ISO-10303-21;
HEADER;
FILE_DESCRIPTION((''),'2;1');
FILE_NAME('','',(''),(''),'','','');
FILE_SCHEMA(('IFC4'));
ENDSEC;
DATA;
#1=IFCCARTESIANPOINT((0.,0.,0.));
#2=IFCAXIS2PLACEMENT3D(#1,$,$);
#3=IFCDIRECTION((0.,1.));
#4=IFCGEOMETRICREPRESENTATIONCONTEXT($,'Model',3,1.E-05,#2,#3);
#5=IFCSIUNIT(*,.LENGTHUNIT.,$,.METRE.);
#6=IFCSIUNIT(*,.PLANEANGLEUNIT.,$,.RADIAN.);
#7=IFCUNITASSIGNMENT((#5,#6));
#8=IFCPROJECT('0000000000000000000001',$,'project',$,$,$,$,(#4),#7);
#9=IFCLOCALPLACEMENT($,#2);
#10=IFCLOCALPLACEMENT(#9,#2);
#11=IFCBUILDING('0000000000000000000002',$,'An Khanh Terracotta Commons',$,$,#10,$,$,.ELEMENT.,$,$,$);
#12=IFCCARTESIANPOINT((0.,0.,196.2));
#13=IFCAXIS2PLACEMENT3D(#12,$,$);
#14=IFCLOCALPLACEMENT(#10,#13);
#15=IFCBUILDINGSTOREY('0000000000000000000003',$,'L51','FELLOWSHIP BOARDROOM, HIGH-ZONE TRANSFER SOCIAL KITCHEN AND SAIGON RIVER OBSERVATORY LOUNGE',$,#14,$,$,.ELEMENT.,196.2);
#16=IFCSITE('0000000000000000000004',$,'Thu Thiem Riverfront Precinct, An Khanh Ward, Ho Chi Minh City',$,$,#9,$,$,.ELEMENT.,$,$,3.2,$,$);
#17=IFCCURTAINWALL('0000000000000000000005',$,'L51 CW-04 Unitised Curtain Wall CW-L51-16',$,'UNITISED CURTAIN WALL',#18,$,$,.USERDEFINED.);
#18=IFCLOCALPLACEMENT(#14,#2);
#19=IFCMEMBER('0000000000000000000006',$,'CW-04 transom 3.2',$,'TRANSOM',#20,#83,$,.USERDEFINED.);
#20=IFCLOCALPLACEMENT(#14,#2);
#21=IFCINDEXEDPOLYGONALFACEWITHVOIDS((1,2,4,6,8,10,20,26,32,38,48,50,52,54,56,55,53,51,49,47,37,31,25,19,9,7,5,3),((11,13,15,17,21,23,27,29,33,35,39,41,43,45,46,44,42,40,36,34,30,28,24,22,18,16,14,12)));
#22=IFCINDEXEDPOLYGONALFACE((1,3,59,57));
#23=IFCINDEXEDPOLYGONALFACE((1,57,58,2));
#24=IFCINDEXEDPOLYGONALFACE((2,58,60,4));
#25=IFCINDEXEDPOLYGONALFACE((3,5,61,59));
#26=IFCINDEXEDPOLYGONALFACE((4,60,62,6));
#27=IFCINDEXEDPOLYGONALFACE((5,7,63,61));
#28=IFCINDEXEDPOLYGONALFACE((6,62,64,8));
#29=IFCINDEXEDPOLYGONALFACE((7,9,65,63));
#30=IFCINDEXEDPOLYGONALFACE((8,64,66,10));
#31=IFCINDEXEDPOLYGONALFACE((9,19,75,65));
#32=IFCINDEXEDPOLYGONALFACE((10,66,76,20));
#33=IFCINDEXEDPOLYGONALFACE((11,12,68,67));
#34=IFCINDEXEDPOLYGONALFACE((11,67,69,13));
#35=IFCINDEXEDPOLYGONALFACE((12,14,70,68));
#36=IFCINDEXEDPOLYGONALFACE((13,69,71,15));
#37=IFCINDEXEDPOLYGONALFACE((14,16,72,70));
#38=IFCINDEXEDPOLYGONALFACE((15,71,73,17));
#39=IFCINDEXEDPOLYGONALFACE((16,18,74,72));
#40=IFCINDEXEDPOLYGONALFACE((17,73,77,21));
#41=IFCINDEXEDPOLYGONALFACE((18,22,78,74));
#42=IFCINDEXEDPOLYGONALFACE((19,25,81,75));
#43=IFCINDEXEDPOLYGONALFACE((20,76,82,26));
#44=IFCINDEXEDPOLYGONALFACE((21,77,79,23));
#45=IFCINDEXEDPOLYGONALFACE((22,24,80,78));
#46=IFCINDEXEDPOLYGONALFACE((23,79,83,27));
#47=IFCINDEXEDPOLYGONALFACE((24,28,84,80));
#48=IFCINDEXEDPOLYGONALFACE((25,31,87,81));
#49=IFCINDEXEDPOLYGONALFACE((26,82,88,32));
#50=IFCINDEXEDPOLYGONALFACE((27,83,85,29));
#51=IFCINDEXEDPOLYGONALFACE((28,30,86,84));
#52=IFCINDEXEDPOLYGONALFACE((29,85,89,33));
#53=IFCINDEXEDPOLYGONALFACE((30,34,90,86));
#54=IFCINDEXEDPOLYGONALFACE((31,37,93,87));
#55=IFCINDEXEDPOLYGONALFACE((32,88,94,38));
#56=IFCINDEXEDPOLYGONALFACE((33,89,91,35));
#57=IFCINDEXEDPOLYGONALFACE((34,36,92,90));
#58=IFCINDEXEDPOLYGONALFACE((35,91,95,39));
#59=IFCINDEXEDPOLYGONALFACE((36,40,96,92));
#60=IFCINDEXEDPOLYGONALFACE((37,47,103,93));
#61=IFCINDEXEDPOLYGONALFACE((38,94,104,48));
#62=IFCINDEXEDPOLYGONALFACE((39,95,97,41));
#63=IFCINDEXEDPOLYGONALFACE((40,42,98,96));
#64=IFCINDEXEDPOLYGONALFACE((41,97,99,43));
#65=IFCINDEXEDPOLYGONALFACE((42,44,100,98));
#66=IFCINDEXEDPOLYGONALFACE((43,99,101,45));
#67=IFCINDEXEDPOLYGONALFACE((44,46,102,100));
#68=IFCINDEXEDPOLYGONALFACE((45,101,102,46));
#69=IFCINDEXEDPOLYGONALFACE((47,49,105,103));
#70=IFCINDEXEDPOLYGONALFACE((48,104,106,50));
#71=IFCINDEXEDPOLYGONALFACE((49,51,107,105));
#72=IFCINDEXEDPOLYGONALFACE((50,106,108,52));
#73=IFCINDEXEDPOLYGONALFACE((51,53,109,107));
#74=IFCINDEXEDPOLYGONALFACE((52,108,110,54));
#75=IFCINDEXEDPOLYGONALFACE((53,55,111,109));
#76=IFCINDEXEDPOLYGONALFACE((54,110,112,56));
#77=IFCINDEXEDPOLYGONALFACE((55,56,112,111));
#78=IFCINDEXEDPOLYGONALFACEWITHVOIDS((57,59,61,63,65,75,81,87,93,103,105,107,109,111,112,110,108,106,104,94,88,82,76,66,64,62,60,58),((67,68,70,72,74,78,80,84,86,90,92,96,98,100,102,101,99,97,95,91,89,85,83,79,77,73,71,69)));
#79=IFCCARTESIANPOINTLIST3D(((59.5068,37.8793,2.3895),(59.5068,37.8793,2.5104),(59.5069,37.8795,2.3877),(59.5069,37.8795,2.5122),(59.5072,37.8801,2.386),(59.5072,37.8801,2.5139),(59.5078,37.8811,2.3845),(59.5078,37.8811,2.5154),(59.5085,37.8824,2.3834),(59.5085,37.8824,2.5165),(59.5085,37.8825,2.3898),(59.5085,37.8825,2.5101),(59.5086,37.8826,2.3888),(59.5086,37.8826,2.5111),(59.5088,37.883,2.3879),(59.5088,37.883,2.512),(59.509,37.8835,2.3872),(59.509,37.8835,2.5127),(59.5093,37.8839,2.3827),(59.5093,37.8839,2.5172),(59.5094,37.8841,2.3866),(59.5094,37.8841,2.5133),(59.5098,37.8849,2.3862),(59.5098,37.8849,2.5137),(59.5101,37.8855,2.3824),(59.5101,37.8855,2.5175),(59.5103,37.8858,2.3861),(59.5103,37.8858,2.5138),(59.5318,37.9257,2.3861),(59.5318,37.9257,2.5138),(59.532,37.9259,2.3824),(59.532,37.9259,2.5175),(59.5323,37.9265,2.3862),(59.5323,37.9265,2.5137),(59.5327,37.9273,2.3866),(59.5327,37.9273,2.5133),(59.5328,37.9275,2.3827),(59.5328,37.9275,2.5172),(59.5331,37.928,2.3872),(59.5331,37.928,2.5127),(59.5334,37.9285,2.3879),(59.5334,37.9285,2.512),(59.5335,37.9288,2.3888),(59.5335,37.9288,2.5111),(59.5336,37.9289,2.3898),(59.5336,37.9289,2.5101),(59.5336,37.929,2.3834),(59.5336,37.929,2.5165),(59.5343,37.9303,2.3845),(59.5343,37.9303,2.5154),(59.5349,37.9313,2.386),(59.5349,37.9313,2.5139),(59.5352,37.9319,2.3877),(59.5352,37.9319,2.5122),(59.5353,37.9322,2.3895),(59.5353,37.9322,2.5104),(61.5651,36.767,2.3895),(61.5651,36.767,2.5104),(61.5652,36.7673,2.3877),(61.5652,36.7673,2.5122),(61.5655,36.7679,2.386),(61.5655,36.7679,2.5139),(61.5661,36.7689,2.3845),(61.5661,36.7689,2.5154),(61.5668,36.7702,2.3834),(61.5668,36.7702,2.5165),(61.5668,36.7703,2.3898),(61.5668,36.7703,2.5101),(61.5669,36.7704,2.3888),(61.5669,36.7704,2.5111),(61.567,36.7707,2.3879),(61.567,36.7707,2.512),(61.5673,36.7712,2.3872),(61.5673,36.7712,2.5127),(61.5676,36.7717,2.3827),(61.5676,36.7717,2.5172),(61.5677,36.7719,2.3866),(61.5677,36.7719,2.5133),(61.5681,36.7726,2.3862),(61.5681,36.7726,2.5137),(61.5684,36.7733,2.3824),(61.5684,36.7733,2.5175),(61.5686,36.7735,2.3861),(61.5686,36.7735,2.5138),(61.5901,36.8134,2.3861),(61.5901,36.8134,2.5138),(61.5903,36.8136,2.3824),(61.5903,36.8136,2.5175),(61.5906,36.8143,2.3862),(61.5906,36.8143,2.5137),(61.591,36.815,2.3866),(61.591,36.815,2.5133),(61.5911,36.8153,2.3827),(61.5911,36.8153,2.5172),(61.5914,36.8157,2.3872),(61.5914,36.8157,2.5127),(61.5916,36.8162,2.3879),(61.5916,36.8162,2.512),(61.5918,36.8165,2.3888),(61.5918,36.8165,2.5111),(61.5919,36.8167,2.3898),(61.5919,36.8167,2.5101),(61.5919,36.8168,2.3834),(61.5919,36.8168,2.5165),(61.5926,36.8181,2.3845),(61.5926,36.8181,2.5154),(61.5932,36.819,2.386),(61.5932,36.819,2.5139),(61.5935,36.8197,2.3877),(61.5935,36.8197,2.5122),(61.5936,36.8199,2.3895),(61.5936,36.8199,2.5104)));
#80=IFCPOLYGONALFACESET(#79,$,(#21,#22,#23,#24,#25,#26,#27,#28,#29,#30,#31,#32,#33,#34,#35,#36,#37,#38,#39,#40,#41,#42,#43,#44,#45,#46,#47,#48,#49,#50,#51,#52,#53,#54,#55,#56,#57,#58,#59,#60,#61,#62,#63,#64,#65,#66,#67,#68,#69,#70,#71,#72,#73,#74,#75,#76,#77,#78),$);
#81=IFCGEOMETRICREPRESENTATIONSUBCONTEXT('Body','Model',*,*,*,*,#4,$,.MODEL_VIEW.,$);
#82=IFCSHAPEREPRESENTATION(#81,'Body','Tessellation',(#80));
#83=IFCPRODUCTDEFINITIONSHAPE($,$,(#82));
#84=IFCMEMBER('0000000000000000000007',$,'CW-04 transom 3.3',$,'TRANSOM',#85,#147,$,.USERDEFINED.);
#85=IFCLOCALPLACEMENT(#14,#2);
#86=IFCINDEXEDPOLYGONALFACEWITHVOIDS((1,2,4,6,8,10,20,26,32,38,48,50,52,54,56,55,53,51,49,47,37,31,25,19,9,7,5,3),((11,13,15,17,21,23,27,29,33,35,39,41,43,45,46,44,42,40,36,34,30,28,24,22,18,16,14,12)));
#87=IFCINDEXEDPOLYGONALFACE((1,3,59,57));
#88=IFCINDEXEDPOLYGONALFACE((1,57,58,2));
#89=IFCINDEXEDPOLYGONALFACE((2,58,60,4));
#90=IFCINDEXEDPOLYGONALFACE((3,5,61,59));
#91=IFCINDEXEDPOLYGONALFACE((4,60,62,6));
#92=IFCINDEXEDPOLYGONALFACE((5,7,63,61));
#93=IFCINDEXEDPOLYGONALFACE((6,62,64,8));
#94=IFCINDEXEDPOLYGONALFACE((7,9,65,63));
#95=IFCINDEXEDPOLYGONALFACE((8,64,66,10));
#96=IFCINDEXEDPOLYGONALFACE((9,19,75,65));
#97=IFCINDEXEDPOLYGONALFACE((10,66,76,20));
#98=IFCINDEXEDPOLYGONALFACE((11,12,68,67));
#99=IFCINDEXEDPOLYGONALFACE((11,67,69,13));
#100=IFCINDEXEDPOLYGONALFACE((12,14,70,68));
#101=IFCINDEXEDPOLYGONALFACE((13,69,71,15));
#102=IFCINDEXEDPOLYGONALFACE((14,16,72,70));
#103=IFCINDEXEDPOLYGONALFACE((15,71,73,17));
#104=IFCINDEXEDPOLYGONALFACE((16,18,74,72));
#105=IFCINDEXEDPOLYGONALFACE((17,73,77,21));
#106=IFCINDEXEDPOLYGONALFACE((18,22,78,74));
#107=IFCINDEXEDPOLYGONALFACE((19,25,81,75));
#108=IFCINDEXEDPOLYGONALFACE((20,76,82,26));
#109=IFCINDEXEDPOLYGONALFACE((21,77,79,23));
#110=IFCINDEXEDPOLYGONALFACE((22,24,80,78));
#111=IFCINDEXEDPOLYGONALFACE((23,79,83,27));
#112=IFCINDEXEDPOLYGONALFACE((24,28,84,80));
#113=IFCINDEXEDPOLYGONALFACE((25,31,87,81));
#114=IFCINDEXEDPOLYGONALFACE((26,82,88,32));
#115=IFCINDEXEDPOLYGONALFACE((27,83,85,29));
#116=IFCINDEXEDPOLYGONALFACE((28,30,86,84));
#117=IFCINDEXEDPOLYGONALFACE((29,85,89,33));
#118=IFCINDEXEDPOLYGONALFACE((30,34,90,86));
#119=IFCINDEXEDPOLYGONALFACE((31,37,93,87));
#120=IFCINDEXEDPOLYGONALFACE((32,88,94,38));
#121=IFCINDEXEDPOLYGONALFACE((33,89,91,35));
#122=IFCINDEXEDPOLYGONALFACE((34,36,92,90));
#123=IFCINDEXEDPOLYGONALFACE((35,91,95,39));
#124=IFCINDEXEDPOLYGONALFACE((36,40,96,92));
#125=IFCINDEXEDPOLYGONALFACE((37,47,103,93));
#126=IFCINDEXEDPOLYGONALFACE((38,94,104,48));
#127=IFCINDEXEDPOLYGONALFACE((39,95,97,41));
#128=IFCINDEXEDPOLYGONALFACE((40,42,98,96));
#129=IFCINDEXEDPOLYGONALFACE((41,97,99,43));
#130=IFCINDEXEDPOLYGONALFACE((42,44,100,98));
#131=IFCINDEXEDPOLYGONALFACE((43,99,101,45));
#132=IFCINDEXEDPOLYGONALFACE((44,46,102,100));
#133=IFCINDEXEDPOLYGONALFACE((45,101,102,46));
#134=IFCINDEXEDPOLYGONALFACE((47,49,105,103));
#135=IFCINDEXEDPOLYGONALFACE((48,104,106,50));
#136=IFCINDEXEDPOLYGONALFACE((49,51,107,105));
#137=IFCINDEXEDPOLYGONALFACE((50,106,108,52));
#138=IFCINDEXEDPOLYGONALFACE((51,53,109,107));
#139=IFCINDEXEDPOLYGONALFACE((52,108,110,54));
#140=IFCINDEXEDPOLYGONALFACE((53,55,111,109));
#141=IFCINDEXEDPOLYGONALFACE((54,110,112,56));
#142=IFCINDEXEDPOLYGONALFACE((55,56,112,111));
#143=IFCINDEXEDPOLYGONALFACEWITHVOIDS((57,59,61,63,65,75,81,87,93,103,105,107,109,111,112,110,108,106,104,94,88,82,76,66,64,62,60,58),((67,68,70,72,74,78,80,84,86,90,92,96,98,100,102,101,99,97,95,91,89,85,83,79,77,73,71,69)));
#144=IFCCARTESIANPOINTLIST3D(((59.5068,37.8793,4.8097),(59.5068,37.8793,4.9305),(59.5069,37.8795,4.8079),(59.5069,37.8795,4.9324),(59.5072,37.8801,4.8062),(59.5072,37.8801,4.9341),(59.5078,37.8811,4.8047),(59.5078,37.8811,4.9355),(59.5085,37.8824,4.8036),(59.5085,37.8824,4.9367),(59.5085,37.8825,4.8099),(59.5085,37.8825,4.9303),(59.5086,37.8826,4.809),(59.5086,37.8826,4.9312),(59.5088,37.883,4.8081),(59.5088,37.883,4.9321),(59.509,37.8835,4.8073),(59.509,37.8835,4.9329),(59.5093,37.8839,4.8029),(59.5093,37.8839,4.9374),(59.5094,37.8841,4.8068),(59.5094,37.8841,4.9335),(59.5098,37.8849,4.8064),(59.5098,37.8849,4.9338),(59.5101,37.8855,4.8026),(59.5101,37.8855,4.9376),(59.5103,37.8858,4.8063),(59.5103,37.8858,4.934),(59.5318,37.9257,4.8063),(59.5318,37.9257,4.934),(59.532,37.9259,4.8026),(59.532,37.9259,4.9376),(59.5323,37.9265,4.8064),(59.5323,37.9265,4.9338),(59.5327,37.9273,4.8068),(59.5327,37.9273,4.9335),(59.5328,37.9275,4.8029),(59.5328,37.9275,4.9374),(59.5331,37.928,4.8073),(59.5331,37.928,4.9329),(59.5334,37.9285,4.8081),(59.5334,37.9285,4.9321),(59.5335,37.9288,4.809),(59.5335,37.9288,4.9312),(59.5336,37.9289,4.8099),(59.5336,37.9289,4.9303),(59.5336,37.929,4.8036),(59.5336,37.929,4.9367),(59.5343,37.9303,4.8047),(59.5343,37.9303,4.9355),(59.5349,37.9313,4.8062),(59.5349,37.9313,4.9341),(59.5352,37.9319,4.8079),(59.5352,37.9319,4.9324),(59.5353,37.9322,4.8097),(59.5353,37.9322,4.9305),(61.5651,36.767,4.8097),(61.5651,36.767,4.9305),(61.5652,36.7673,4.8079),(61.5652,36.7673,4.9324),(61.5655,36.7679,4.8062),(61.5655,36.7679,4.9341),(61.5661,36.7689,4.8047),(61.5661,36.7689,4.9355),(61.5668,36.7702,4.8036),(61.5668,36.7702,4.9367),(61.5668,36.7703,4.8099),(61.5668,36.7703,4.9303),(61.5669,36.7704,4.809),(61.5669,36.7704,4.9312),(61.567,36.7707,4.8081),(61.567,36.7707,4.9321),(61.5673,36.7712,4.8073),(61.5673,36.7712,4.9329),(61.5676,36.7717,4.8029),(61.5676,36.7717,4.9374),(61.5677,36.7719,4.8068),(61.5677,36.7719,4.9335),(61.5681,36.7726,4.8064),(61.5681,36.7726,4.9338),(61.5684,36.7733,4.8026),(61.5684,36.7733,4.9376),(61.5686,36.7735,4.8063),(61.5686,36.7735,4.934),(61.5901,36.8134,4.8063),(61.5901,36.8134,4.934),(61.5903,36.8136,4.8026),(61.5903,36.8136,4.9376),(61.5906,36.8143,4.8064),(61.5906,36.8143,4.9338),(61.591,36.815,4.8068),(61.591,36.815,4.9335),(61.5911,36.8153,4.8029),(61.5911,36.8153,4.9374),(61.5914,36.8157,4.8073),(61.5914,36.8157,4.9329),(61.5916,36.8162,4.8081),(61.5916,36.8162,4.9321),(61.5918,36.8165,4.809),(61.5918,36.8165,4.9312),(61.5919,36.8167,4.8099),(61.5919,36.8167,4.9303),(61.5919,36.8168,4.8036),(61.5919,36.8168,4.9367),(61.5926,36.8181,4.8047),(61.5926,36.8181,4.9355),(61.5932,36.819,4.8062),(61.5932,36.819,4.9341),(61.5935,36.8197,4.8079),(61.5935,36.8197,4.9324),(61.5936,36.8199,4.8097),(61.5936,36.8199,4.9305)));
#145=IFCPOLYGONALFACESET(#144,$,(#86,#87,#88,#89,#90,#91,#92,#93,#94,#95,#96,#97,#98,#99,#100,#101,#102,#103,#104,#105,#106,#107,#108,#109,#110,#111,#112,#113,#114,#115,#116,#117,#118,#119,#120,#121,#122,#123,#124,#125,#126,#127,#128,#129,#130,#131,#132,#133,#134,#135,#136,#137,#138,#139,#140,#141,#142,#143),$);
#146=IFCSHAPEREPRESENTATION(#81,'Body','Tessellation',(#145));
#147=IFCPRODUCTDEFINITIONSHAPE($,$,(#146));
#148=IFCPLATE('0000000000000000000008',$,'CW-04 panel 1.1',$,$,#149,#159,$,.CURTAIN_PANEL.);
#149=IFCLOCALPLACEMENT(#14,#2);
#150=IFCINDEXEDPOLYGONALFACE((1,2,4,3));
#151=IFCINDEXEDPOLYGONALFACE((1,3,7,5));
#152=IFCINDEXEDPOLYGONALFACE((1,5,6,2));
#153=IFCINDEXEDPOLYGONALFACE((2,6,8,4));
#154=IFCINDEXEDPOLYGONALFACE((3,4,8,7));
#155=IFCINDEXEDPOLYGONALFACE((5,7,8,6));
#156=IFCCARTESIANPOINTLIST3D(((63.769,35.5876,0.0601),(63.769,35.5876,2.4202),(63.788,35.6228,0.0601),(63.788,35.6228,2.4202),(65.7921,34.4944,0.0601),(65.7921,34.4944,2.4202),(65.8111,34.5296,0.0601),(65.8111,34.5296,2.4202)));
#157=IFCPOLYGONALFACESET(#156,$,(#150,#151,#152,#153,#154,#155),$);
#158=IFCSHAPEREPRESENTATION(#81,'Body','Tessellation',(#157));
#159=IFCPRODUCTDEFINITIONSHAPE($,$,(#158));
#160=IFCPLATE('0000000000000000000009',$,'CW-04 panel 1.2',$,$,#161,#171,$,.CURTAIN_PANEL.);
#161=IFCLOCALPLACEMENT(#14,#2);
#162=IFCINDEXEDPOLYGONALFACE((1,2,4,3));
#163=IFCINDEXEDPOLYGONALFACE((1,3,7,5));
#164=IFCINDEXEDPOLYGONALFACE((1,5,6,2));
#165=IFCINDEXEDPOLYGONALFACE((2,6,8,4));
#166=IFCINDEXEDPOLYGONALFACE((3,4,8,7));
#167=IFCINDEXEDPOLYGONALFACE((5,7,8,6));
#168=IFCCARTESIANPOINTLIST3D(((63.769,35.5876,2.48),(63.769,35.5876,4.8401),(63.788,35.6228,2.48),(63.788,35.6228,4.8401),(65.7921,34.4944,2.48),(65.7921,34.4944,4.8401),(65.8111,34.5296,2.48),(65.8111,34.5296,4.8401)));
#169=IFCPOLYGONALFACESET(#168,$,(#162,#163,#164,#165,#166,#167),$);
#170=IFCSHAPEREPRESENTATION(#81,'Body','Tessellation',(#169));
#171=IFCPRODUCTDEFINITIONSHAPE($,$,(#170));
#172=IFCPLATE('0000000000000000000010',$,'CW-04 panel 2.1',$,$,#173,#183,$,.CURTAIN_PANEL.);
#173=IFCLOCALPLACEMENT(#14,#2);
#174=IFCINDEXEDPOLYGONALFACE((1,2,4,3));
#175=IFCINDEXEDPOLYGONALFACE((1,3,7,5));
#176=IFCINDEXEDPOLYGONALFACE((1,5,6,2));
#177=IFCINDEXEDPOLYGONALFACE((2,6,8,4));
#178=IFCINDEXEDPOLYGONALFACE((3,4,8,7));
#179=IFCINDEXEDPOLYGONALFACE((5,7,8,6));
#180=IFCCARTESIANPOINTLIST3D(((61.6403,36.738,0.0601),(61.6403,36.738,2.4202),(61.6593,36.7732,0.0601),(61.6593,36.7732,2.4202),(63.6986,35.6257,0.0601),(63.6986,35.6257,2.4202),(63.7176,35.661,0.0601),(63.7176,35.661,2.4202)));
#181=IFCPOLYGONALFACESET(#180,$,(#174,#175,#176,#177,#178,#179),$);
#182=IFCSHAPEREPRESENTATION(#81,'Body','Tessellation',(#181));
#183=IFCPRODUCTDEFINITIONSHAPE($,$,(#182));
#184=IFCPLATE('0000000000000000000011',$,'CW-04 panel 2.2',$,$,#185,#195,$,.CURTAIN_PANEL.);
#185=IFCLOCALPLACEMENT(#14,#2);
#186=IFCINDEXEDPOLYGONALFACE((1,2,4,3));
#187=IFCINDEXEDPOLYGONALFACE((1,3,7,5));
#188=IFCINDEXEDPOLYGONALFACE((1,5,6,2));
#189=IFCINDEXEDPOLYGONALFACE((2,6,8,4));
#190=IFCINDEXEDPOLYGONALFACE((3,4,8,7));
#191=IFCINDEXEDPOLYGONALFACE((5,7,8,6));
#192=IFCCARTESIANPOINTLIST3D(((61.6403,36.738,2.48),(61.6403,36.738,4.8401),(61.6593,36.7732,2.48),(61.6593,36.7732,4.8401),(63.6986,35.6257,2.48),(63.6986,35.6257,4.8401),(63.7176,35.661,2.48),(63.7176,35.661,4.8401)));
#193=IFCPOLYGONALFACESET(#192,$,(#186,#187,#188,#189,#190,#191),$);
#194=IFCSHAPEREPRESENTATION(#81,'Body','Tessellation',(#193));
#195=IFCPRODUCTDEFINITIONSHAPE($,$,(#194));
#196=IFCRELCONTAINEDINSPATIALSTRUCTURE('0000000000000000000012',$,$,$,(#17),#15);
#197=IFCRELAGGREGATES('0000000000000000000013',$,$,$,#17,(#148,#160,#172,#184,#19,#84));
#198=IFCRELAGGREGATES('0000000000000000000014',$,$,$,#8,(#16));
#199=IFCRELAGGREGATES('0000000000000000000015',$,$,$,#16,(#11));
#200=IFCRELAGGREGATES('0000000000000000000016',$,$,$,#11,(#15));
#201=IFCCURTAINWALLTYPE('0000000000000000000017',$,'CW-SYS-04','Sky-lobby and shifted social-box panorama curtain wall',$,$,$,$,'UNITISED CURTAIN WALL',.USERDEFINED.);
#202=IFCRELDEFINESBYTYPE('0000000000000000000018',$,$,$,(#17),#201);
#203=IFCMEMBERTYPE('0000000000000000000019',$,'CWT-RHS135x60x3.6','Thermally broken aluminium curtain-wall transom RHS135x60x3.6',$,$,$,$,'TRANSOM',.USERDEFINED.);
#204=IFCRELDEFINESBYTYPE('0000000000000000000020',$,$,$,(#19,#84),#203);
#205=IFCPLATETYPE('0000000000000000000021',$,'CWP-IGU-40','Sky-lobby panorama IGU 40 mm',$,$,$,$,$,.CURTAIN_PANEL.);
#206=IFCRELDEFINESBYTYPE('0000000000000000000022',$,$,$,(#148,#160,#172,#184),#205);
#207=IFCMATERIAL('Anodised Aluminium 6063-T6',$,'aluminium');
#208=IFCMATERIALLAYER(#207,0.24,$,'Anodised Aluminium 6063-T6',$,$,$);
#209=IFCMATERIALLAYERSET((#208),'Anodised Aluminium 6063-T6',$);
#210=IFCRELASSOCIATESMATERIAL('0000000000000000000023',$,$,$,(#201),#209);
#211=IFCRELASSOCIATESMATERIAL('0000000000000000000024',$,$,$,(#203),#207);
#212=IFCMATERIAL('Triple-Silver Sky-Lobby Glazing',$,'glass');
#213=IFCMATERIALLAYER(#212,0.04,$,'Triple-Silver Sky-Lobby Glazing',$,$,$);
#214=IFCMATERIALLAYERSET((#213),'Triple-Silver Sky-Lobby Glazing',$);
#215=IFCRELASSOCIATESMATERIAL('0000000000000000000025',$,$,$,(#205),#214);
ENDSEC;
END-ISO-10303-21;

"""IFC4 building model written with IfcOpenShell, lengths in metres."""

from ifc_helpers import new_model, si_unit, direction, frame, origin, origin_2d, place, context, subcontext, project, spatial, rectangle, hollow_rectangle, extrude, material, layer, layer_set, material_profile, profile_set, type_object, element, aggregate, save


model = new_model("IFC4")

# Units and contexts
model_context = context("Model", 3, precision=1e-05, world=origin(), true_north=direction((0.0, 1.0)))
body_context = subcontext(model_context, "Body", "Model", "MODEL_VIEW")
ifc_project = project(units=[si_unit("LENGTHUNIT", "METRE"), si_unit("PLANEANGLEUNIT", "RADIAN")], contexts=[model_context])

# Site, building, storey
site_placement = place(None, origin())
site = spatial("IfcSite", under=ifc_project, at=site_placement, Name="Thu Thiem Riverfront Precinct, An Khanh Ward, Ho Chi Minh City", CompositionType="ELEMENT", RefElevation=3.2)
building_placement = place(site_placement, origin())
building = spatial("IfcBuilding", under=site, at=building_placement, Name="An Khanh Terracotta Commons", CompositionType="ELEMENT")
storey_placement = place(building_placement, frame((0.0, 0.0, 196.2)))
storey = spatial("IfcBuildingStorey", under=building, at=storey_placement, Name="L51", Description="FELLOWSHIP BOARDROOM, HIGH-ZONE TRANSFER SOCIAL KITCHEN AND SAIGON RIVER OBSERVATORY LOUNGE", CompositionType="ELEMENT", Elevation=196.2)

# Curtain wall, members, plates
ifc_material_1 = material(Name="Anodised Aluminium 6063-T6", Category="aluminium")
ifc_layer_1 = layer(ifc_material_1, 0.24, Name="Anodised Aluminium 6063-T6")
ifc_layer_set_1 = layer_set([ifc_layer_1], Name="Anodised Aluminium 6063-T6")
curtain_wall_type = type_object("IfcCurtainWallType", Name="CW-SYS-04", Description="Sky-lobby and shifted social-box panorama curtain wall", ElementType="UNITISED CURTAIN WALL", PredefinedType="USERDEFINED", material=ifc_layer_set_1)
curtain_wall_placement = place(storey_placement, origin())
curtain_wall = element("IfcCurtainWall", 1, at=curtain_wall_placement, inside=storey, type_object=curtain_wall_type, Name="L51 CW-04 Unitised Curtain Wall CW-L51-16", ObjectType="UNITISED CURTAIN WALL", PredefinedType="USERDEFINED")
ifc_material_profile_1 = material_profile(ifc_material_1, hollow_rectangle(XDim=0.0601, YDim=0.135, WallThickness=0.0037, InnerFilletRadius=0.0037, OuterFilletRadius=0.0071, at=origin_2d()), Name="RHS135x60x3.6")
ifc_profile_set_1 = profile_set([ifc_material_profile_1], Name="Anodised Aluminium 6063-T6")
member_type_1 = type_object("IfcMemberType", Name="CWT-RHS135x60x3.6", Description="Thermally broken aluminium curtain-wall transom RHS135x60x3.6", ElementType="TRANSOM", PredefinedType="USERDEFINED", material=ifc_profile_set_1)
member_1_placement = place(storey_placement, frame((61.5793, 36.7935, 2.45), z_axis=(-0.879763, 0.475412, 0.0), x_axis=(-0.475412, -0.879763, 0.0)))
member_1 = element("IfcMember", 2, at=member_1_placement, type_object=member_type_1, Name="CW-04 transom 3.2", ObjectType="TRANSOM", PredefinedType="USERDEFINED", context=body_context, shape_type="SweptSolid", body=[
    extrude(hollow_rectangle(XDim=0.0601, YDim=0.135, WallThickness=0.0037, InnerFilletRadius=0.0037, OuterFilletRadius=0.0071, at=origin_2d()), origin(), (0.0, 0.0, 1.0), 2.3396),
])
member_2_placement = place(storey_placement, frame((61.5793, 36.7935, 4.8701), z_axis=(-0.879763, 0.475412, 0.0), x_axis=(-0.475412, -0.879763, 0.0)))
member_2 = element("IfcMember", 3, at=member_2_placement, type_object=member_type_1, Name="CW-04 transom 3.3", ObjectType="TRANSOM", PredefinedType="USERDEFINED", context=body_context, shape_type="SweptSolid", body=[
    extrude(hollow_rectangle(XDim=0.0601, YDim=0.135, WallThickness=0.0037, InnerFilletRadius=0.0037, OuterFilletRadius=0.0071, at=origin_2d()), origin(), (0.0, 0.0, 1.0), 2.3396),
])
ifc_material_2 = material(Name="Triple-Silver Sky-Lobby Glazing", Category="glass")
ifc_layer_2 = layer(ifc_material_2, 0.04, Name="Triple-Silver Sky-Lobby Glazing")
ifc_layer_set_2 = layer_set([ifc_layer_2], Name="Triple-Silver Sky-Lobby Glazing")
plate_type = type_object("IfcPlateType", Name="CWP-IGU-40", Description="Sky-lobby panorama IGU 40 mm", PredefinedType="CURTAIN_PANEL", material=ifc_layer_set_2)
plate_1_placement = place(storey_placement, frame((64.79, 35.0586, 0.0601), z_axis=(0.0, 0.0, 1.0), x_axis=(-0.87978, 0.475381, 0.0)))
plate_1 = element("IfcPlate", 4, at=plate_1_placement, type_object=plate_type, Name="CW-04 panel 1.1", PredefinedType="CURTAIN_PANEL", context=body_context, shape_type="SweptSolid", body=[
    extrude(rectangle(XDim=2.2996, YDim=0.04, at=origin_2d()), origin(), (0.0, 0.0, 1.0), 2.3601),
])
plate_2_placement = place(storey_placement, frame((64.79, 35.0586, 2.48), z_axis=(0.0, 0.0, 1.0), x_axis=(-0.87978, 0.475381, 0.0)))
plate_2 = element("IfcPlate", 5, at=plate_2_placement, type_object=plate_type, Name="CW-04 panel 1.2", PredefinedType="CURTAIN_PANEL", context=body_context, shape_type="SweptSolid", body=[
    extrude(rectangle(XDim=2.2996, YDim=0.04, at=origin_2d()), origin(), (0.0, 0.0, 1.0), 2.3601),
])
plate_3_placement = place(storey_placement, frame((62.679, 36.1995, 0.0601), z_axis=(0.0, 0.0, 1.0), x_axis=(-0.87978, 0.475381, 0.0)))
plate_3 = element("IfcPlate", 6, at=plate_3_placement, type_object=plate_type, Name="CW-04 panel 2.1", PredefinedType="CURTAIN_PANEL", context=body_context, shape_type="SweptSolid", body=[
    extrude(rectangle(XDim=2.3396, YDim=0.04, at=origin_2d()), origin(), (0.0, 0.0, 1.0), 2.3601),
])
plate_4_placement = place(storey_placement, frame((62.679, 36.1995, 2.48), z_axis=(0.0, 0.0, 1.0), x_axis=(-0.87978, 0.475381, 0.0)))
plate_4 = element("IfcPlate", 7, at=plate_4_placement, type_object=plate_type, Name="CW-04 panel 2.2", PredefinedType="CURTAIN_PANEL", context=body_context, shape_type="SweptSolid", body=[
    extrude(rectangle(XDim=2.3396, YDim=0.04, at=origin_2d()), origin(), (0.0, 0.0, 1.0), 2.3601),
])
aggregate(curtain_wall, [plate_1, plate_2, plate_3, plate_4, member_1, member_2])

save(model, "model.ifc")
